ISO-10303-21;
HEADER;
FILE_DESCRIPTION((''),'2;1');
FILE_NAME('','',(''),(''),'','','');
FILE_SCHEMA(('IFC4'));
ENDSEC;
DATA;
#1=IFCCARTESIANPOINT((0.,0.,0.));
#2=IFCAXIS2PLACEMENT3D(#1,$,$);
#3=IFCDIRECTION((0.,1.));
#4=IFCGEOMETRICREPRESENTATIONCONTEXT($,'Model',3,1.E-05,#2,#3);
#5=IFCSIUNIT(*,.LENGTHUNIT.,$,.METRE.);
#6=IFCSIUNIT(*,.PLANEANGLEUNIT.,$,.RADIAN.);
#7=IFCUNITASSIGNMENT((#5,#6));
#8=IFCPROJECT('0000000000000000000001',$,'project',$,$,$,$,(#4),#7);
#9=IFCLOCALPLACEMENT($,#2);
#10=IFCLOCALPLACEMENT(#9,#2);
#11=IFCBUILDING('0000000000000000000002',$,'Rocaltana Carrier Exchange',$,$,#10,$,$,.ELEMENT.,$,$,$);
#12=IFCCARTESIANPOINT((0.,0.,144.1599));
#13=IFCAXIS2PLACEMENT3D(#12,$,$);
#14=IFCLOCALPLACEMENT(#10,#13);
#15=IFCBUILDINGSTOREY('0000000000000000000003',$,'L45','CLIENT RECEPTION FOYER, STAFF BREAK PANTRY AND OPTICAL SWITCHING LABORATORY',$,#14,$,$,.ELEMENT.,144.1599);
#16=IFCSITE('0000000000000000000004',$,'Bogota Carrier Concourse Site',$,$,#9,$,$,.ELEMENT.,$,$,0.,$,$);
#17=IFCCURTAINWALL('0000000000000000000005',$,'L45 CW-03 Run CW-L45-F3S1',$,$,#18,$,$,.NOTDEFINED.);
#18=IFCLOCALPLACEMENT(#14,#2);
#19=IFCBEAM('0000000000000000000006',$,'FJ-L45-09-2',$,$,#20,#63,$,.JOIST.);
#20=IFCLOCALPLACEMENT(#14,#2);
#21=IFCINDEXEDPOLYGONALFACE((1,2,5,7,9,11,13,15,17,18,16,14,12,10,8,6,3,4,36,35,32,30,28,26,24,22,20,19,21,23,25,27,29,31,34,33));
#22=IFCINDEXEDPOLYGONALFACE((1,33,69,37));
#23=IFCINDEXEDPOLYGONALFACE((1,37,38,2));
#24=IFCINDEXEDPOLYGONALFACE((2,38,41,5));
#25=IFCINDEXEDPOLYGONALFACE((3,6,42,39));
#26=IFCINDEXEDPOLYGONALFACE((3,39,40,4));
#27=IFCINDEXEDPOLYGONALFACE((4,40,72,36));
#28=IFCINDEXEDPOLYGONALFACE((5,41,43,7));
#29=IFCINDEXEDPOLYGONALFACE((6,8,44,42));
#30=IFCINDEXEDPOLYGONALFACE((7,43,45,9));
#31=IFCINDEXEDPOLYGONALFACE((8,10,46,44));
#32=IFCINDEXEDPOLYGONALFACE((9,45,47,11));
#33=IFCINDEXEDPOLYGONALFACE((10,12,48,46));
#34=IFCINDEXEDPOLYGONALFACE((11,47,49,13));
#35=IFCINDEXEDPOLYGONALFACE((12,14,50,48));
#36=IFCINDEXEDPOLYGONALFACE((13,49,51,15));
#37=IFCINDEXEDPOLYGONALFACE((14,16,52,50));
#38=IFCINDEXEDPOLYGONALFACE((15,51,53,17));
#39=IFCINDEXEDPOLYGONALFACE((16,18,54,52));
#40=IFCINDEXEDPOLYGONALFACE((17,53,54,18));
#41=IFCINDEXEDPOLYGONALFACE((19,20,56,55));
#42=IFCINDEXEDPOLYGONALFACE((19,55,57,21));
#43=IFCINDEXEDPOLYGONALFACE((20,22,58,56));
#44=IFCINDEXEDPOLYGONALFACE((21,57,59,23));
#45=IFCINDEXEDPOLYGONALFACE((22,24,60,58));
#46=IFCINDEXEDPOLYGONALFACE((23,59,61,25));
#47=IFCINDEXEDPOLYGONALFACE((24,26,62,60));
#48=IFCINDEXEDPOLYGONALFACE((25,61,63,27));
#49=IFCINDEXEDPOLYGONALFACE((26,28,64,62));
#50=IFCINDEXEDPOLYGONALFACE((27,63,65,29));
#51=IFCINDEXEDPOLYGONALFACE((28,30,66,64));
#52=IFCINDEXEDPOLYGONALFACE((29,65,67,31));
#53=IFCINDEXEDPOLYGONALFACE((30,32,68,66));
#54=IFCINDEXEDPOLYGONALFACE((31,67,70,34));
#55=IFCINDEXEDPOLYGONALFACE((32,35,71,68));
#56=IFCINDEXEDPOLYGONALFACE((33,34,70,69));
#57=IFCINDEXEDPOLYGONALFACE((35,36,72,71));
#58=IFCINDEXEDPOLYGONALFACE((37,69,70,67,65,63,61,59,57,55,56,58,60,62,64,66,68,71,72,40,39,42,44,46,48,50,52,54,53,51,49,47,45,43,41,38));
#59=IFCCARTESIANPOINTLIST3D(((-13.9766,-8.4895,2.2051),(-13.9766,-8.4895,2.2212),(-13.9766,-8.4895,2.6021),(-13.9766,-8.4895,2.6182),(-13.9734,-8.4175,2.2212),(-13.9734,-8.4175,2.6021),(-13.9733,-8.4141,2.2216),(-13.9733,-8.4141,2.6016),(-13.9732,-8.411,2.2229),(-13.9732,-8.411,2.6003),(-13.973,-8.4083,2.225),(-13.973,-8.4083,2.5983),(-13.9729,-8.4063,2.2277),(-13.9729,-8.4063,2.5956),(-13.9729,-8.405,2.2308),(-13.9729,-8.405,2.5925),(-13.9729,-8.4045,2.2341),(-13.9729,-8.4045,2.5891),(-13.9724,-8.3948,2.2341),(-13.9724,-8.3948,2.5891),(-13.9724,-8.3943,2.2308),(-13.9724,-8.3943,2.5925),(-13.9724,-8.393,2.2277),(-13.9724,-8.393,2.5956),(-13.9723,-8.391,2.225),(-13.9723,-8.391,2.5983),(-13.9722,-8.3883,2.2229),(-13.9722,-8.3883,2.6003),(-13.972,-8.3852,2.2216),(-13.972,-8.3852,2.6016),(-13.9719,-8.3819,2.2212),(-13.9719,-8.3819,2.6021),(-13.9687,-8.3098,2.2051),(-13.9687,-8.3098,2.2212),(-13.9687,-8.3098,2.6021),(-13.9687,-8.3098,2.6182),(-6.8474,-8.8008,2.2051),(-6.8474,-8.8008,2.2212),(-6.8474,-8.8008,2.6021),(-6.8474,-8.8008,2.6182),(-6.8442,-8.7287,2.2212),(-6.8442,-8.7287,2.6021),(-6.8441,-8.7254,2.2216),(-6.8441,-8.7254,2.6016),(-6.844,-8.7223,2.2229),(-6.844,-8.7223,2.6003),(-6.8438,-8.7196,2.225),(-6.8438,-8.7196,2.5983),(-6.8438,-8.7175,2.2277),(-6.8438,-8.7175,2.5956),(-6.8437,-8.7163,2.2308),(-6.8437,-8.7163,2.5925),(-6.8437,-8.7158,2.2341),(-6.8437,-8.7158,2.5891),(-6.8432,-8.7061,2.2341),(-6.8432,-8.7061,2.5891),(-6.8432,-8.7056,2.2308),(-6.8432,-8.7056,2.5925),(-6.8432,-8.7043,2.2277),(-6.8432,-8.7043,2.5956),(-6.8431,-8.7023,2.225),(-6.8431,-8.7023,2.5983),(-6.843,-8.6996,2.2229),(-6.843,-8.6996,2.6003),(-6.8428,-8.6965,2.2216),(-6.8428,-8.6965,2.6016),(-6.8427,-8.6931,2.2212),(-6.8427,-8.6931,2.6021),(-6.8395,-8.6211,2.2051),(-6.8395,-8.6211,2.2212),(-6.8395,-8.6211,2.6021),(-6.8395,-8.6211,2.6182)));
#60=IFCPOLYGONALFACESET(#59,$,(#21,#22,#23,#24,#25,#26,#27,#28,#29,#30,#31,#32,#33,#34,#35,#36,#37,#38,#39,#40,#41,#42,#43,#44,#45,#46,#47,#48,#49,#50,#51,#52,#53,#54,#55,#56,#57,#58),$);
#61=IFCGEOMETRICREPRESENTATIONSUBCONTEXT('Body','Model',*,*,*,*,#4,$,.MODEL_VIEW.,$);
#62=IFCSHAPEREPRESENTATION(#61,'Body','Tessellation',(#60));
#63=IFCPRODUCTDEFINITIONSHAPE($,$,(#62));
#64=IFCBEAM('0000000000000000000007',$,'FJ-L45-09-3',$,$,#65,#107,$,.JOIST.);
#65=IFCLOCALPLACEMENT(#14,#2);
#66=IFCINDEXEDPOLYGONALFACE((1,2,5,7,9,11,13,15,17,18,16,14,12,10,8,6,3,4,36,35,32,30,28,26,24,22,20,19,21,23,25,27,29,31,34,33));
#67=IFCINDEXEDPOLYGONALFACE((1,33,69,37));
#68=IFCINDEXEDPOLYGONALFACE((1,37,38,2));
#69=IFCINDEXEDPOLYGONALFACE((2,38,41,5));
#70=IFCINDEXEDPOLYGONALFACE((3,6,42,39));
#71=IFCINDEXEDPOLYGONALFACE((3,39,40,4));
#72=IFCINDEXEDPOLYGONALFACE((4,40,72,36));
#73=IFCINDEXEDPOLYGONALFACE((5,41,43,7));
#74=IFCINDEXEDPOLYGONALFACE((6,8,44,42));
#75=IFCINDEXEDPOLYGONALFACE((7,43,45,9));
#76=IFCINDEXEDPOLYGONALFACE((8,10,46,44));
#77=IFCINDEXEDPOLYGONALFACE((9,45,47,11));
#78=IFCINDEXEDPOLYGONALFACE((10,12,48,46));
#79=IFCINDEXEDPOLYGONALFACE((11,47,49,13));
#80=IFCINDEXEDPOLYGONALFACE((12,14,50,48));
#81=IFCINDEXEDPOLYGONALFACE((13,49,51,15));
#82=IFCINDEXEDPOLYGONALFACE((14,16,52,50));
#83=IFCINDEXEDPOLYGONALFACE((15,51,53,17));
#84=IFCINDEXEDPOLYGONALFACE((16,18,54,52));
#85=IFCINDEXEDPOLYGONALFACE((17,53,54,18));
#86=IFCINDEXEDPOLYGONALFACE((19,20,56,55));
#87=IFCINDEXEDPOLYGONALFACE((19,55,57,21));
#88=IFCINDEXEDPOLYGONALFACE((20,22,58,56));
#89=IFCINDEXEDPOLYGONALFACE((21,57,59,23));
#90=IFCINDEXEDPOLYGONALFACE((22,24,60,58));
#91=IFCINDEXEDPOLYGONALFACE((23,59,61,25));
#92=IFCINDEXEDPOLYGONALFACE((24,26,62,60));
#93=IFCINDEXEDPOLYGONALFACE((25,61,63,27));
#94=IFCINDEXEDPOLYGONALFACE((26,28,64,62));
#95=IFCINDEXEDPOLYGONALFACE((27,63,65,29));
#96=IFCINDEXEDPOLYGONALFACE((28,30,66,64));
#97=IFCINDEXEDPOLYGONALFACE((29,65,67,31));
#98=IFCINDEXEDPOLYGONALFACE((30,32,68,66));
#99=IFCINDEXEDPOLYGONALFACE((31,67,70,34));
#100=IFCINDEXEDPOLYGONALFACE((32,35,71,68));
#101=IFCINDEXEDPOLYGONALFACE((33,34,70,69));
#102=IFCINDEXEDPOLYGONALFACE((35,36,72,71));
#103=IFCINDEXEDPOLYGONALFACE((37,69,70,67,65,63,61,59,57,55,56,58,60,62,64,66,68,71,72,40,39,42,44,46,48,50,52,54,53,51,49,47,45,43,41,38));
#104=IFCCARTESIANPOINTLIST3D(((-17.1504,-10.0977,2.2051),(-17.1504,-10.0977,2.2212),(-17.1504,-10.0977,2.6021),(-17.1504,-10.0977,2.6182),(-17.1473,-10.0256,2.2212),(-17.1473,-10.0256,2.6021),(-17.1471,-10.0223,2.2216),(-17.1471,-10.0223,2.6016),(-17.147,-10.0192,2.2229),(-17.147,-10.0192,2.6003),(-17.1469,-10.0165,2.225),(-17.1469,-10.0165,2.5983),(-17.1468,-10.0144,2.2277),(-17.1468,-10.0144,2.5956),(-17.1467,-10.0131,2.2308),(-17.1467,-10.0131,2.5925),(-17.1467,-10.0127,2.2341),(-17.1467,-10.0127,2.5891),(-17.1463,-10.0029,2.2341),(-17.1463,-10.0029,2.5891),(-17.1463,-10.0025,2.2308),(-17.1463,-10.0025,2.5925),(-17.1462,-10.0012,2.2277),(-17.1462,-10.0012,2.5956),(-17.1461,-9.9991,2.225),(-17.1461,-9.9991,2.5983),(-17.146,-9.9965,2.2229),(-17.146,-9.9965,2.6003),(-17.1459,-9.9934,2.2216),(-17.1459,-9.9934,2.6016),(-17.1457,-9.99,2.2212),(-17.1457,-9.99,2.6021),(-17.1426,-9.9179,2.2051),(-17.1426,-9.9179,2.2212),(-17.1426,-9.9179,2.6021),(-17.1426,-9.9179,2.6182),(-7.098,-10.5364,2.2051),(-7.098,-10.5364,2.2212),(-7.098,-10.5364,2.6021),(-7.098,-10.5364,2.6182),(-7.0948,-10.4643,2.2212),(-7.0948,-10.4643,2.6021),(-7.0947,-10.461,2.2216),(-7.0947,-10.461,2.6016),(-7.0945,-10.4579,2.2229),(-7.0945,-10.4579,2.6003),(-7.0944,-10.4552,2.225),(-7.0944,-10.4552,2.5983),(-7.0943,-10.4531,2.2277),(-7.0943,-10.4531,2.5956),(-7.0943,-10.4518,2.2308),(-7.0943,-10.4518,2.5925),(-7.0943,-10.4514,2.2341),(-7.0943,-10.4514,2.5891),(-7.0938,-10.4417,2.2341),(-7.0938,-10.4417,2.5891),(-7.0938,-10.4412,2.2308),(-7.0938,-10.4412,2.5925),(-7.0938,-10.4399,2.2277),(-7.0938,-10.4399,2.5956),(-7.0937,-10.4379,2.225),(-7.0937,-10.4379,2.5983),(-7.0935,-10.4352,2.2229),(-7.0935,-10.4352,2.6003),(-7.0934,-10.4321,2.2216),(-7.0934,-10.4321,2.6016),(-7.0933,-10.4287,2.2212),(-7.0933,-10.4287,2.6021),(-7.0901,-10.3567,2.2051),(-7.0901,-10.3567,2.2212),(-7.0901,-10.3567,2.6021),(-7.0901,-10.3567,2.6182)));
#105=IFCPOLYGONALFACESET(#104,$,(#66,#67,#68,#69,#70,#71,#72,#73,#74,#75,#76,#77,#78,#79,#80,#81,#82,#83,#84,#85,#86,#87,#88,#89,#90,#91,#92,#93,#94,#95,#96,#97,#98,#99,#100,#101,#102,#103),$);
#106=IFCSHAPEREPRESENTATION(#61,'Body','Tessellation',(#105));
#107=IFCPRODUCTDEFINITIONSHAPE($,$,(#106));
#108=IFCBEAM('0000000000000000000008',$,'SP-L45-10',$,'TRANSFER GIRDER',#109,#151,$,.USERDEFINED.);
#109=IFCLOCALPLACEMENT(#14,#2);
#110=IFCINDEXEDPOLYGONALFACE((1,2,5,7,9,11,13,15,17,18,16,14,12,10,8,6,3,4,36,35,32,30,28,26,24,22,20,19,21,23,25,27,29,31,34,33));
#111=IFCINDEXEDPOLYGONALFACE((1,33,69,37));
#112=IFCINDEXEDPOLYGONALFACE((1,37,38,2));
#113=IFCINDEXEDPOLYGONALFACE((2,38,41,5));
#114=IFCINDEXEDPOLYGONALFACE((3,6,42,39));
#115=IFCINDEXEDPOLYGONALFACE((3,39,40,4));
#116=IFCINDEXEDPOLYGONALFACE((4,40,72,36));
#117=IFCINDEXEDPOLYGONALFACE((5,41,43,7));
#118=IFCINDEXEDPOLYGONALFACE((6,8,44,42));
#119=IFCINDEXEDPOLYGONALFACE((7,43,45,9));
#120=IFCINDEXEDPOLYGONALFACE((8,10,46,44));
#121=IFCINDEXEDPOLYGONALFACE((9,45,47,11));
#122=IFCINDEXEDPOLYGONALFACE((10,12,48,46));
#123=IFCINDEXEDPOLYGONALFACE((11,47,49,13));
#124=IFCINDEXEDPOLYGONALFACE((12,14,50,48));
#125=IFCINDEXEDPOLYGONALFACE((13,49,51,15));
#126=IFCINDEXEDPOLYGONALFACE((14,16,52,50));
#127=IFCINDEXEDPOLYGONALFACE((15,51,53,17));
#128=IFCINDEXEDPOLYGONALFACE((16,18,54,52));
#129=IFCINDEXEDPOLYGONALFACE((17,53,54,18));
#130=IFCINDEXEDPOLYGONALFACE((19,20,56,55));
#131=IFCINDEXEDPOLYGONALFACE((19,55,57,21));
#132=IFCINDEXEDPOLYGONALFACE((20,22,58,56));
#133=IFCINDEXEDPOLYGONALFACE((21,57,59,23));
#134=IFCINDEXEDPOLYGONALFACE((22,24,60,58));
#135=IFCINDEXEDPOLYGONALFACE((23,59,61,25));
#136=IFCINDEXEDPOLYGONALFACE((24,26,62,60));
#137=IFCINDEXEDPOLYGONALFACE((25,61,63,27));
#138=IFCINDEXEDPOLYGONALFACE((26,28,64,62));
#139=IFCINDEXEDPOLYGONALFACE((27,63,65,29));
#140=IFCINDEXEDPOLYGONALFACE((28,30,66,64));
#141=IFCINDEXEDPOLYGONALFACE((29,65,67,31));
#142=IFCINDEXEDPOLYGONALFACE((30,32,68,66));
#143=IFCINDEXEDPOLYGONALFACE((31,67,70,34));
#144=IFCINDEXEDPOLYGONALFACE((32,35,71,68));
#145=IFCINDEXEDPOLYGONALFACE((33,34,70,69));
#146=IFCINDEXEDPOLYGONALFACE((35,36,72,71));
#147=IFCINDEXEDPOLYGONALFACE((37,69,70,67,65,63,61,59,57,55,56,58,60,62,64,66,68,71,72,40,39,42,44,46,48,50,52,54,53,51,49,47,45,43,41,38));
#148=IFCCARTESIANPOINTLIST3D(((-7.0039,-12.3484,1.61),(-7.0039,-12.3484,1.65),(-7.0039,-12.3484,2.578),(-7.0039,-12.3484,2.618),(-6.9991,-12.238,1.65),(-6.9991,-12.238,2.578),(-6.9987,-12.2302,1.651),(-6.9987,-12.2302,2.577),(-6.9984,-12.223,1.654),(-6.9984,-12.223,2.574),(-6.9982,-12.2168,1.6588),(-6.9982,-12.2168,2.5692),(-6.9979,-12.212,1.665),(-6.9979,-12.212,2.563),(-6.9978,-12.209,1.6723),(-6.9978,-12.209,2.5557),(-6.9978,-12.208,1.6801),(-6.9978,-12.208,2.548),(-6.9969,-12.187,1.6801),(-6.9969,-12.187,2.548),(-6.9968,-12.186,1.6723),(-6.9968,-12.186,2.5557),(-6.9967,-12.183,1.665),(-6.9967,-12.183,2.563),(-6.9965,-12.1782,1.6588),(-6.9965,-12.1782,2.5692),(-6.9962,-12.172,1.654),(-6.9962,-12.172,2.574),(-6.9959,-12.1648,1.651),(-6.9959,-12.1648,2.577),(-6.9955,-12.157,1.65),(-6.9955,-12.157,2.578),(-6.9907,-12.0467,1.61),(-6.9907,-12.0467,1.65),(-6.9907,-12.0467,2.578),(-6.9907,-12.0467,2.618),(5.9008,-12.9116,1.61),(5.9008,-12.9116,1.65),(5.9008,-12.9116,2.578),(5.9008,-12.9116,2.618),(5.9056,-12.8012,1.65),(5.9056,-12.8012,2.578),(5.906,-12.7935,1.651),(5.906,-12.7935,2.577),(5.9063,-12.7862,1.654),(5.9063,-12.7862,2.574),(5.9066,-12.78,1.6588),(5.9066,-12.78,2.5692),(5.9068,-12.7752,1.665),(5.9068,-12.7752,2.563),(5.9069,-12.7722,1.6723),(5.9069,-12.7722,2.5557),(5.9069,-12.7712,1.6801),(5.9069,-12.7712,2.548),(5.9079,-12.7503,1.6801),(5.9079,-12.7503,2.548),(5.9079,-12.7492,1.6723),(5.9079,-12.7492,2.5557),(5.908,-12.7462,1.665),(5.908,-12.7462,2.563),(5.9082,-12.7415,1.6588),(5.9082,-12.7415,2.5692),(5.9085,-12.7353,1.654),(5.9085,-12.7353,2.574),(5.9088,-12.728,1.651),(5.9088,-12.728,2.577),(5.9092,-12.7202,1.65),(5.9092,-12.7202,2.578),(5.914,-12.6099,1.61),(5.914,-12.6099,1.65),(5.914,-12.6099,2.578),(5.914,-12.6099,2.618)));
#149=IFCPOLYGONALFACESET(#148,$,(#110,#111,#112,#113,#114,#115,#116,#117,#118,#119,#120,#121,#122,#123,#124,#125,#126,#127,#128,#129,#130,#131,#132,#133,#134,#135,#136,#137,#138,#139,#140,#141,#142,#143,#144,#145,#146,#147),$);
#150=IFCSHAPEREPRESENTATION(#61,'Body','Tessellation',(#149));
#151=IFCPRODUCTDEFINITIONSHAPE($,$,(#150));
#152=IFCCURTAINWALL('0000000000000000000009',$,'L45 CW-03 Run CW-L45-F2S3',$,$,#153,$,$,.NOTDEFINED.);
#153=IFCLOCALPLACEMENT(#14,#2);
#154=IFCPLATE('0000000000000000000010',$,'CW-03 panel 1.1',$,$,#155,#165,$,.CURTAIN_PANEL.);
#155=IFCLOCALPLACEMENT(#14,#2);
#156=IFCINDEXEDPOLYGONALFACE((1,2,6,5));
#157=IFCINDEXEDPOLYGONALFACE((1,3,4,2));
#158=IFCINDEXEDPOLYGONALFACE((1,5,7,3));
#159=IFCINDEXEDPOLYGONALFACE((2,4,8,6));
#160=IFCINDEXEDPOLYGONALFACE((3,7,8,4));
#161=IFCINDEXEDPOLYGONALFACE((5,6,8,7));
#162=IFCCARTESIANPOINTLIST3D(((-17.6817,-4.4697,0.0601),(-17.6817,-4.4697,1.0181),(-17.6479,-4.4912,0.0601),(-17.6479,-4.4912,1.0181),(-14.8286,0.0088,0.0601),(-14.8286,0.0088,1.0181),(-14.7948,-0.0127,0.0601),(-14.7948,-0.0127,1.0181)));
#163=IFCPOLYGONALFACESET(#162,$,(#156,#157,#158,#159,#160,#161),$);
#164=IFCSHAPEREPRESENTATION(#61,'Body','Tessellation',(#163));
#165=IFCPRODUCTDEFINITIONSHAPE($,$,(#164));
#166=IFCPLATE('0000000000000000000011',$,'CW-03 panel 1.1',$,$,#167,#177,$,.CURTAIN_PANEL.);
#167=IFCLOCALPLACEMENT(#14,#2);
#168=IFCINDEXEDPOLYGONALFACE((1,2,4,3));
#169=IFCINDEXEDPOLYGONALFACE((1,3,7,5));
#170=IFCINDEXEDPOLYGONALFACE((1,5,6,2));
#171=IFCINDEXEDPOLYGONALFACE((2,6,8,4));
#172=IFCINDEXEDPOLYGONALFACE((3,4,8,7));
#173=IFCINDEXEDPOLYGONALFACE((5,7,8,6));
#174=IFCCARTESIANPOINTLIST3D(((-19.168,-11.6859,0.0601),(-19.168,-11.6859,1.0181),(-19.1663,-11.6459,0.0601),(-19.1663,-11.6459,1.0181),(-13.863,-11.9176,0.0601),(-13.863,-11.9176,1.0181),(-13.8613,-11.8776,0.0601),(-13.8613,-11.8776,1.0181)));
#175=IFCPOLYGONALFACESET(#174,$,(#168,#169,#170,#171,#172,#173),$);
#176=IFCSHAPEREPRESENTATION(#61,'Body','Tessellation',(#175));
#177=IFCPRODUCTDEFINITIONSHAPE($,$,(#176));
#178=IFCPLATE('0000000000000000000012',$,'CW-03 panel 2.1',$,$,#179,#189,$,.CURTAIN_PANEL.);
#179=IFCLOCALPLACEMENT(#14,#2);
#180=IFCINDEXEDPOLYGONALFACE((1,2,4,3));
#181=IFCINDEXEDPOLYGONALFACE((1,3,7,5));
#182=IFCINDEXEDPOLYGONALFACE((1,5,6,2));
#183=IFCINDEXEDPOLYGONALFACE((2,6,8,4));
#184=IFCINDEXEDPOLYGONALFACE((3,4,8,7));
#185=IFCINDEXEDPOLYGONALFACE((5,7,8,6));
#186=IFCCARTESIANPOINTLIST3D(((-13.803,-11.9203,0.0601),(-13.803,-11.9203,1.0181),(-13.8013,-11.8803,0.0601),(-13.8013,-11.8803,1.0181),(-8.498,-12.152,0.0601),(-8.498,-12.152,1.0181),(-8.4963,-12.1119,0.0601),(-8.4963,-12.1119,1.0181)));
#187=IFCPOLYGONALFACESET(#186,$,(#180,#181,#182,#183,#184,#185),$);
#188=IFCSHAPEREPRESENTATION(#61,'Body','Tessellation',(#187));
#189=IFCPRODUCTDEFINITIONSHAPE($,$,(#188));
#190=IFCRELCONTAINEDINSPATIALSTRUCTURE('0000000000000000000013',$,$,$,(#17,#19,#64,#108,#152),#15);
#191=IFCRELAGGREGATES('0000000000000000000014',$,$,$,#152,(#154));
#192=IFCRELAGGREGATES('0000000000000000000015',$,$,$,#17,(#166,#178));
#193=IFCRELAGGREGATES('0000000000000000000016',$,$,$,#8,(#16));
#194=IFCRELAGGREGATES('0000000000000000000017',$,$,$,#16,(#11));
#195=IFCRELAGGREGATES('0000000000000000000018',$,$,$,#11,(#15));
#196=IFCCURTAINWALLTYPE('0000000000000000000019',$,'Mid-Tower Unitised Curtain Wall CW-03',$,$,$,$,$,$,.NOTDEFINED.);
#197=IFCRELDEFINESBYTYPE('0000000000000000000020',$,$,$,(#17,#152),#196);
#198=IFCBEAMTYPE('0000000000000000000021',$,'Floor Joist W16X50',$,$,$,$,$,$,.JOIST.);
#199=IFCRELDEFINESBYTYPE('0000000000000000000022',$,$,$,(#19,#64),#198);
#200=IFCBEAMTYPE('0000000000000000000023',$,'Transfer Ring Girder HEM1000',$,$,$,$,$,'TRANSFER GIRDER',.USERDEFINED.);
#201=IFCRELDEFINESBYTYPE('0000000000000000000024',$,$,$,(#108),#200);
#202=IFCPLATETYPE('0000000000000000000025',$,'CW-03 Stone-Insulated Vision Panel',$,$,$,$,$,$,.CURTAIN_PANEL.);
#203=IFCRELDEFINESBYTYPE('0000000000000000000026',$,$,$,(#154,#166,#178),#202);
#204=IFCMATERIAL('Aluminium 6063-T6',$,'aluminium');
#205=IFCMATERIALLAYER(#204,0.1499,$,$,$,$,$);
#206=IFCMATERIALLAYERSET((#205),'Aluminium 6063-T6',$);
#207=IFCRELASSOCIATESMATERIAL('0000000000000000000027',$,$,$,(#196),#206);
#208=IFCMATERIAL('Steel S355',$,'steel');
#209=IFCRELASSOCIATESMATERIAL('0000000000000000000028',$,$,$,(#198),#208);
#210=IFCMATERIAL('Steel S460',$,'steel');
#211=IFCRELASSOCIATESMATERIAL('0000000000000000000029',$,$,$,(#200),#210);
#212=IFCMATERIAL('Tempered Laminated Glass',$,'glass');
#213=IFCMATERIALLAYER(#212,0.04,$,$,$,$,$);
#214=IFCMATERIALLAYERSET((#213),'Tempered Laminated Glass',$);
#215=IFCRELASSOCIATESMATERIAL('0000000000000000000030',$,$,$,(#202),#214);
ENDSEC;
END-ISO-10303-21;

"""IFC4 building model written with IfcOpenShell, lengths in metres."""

from ifc_helpers import new_model, si_unit, direction, frame, origin, origin_2d, place, context, subcontext, project, spatial, rectangle, i_section, extrude, material, layer, layer_set, material_profile, profile_set, type_object, element, aggregate, save


model = new_model("IFC4")

# Units and contexts
model_context = context("Model", 3, precision=1e-05, world=origin(), true_north=direction((0.0, 1.0)))
body_context = subcontext(model_context, "Body", "Model", "MODEL_VIEW")
ifc_project = project(units=[si_unit("LENGTHUNIT", "METRE"), si_unit("PLANEANGLEUNIT", "RADIAN")], contexts=[model_context])

# Site, building, storey
site_placement = place(None, origin())
site = spatial("IfcSite", under=ifc_project, at=site_placement, Name="Bogota Carrier Concourse Site", CompositionType="ELEMENT", RefElevation=0.0)
building_placement = place(site_placement, origin())
building = spatial("IfcBuilding", under=site, at=building_placement, Name="Rocaltana Carrier Exchange", CompositionType="ELEMENT")
storey_placement = place(building_placement, frame((0.0, 0.0, 144.1599)))
storey = spatial("IfcBuildingStorey", under=building, at=storey_placement, Name="L45", Description="CLIENT RECEPTION FOYER, STAFF BREAK PANTRY AND OPTICAL SWITCHING LABORATORY", CompositionType="ELEMENT", Elevation=144.1599)

# Curtain wall
ifc_material_1 = material(Name="Aluminium 6063-T6", Category="aluminium")
ifc_layer_1 = layer(ifc_material_1, 0.1499)
ifc_layer_set_1 = layer_set([ifc_layer_1], Name="Aluminium 6063-T6")
curtain_wall_type = type_object("IfcCurtainWallType", Name="Mid-Tower Unitised Curtain Wall CW-03", PredefinedType="NOTDEFINED", material=ifc_layer_set_1)
curtain_wall_1_placement = place(storey_placement, origin())
curtain_wall_1 = element("IfcCurtainWall", 1, at=curtain_wall_1_placement, inside=storey, type_object=curtain_wall_type, Name="L45 CW-03 Run CW-L45-F3S1", PredefinedType="NOTDEFINED")

# Beams
ifc_material_2 = material(Name="Steel S355", Category="steel")
ifc_material_profile_1 = material_profile(ifc_material_2, i_section(OverallWidth=0.1799, OverallDepth=0.4131, WebThickness=0.0098, FlangeThickness=0.0161, FilletRadius=0.0129, at=origin_2d()), Name="W16X50")
ifc_profile_set_1 = profile_set([ifc_material_profile_1], Name="Steel S355")
beam_type_1 = type_object("IfcBeamType", Name="Floor Joist W16X50", PredefinedType="JOIST", material=ifc_profile_set_1)
beam_1_placement = place(storey_placement, frame((-13.9727, -8.3997, 2.4116), z_axis=(0.999048, -0.043621, 0.0), x_axis=(0.043621, 0.999048, 0.0)))
element("IfcBeam", 2, at=beam_1_placement, inside=storey, type_object=beam_type_1, Name="FJ-L45-09-2", PredefinedType="JOIST", context=body_context, shape_type="SweptSolid", body=[
    extrude(i_section(OverallWidth=0.1799, OverallDepth=0.4131, WebThickness=0.0098, FlangeThickness=0.0161, FilletRadius=0.0129, at=origin_2d()), origin(), (0.0, 0.0, 1.0), 7.136),
])
beam_2_placement = place(storey_placement, frame((-17.1465, -10.0078, 2.4116), z_axis=(0.999049, -0.043601, 0.0), x_axis=(0.043601, 0.999049, 0.0)))
element("IfcBeam", 3, at=beam_2_placement, inside=storey, type_object=beam_type_1, Name="FJ-L45-09-3", PredefinedType="JOIST", context=body_context, shape_type="SweptSolid", body=[
    extrude(i_section(OverallWidth=0.1799, OverallDepth=0.4131, WebThickness=0.0098, FlangeThickness=0.0161, FilletRadius=0.0129, at=origin_2d()), origin(), (0.0, 0.0, 1.0), 10.062),
])
ifc_material_3 = material(Name="Steel S460", Category="steel")
ifc_material_profile_2 = material_profile(ifc_material_3, i_section(OverallWidth=0.302, OverallDepth=1.0081, WebThickness=0.021, FlangeThickness=0.04, FilletRadius=0.03, at=origin_2d()), Name="HEM1000")
ifc_profile_set_2 = profile_set([ifc_material_profile_2], Name="Steel S460")
beam_type_2 = type_object("IfcBeamType", Name="Transfer Ring Girder HEM1000", ElementType="TRANSFER GIRDER", PredefinedType="USERDEFINED", material=ifc_profile_set_2)
beam_3_placement = place(storey_placement, frame((-6.9973, -12.1975, 2.114), z_axis=(0.999049, -0.043604, 0.0), x_axis=(0.043604, 0.999049, 0.0)))
element("IfcBeam", 4, at=beam_3_placement, inside=storey, type_object=beam_type_2, Name="SP-L45-10", ObjectType="TRANSFER GIRDER", PredefinedType="USERDEFINED", context=body_context, shape_type="SweptSolid", body=[
    extrude(i_section(OverallWidth=0.302, OverallDepth=1.0081, WebThickness=0.021, FlangeThickness=0.04, FilletRadius=0.03, at=origin_2d()), origin(), (0.0, 0.0, 1.0), 12.917),
])

# Curtain wall, plate
curtain_wall_2_placement = place(storey_placement, origin())
curtain_wall_2 = element("IfcCurtainWall", 5, at=curtain_wall_2_placement, inside=storey, type_object=curtain_wall_type, Name="L45 CW-03 Run CW-L45-F2S3", PredefinedType="NOTDEFINED")
ifc_material_4 = material(Name="Tempered Laminated Glass", Category="glass")
ifc_layer_2 = layer(ifc_material_4, 0.04)
ifc_layer_set_2 = layer_set([ifc_layer_2], Name="Tempered Laminated Glass")
plate_type = type_object("IfcPlateType", Name="CW-03 Stone-Insulated Vision Panel", PredefinedType="CURTAIN_PANEL", material=ifc_layer_set_2)
plate_1_placement = place(storey_placement, frame((-16.2383, -2.2412, 0.0601), z_axis=(0.0, 0.0, 1.0), x_axis=(-0.537301, -0.843391, 0.0)))
plate_1 = element("IfcPlate", 6, at=plate_1_placement, type_object=plate_type, Name="CW-03 panel 1.1", PredefinedType="CURTAIN_PANEL", context=body_context, shape_type="SweptSolid", body=[
    extrude(rectangle(XDim=5.3101, YDim=0.04, at=origin_2d()), origin(), (0.0, 0.0, 1.0), 0.958),
])
aggregate(curtain_wall_2, [plate_1])

# Plates
plate_2_placement = place(storey_placement, frame((-16.5146, -11.7817, 0.0601), z_axis=(0.0, 0.0, 1.0), x_axis=(0.999048, -0.043629, 0.0)))
plate_2 = element("IfcPlate", 7, at=plate_2_placement, type_object=plate_type, Name="CW-03 panel 1.1", PredefinedType="CURTAIN_PANEL", context=body_context, shape_type="SweptSolid", body=[
    extrude(rectangle(XDim=5.3101, YDim=0.04, at=origin_2d()), origin(), (0.0, 0.0, 1.0), 0.958),
])
plate_3_placement = place(storey_placement, frame((-11.1497, -12.0161, 0.0601), z_axis=(0.0, 0.0, 1.0), x_axis=(0.999048, -0.043629, 0.0)))
plate_3 = element("IfcPlate", 8, at=plate_3_placement, type_object=plate_type, Name="CW-03 panel 2.1", PredefinedType="CURTAIN_PANEL", context=body_context, shape_type="SweptSolid", body=[
    extrude(rectangle(XDim=5.3101, YDim=0.04, at=origin_2d()), origin(), (0.0, 0.0, 1.0), 0.958),
])
aggregate(curtain_wall_1, [plate_2, plate_3])

save(model, "model.ifc")
